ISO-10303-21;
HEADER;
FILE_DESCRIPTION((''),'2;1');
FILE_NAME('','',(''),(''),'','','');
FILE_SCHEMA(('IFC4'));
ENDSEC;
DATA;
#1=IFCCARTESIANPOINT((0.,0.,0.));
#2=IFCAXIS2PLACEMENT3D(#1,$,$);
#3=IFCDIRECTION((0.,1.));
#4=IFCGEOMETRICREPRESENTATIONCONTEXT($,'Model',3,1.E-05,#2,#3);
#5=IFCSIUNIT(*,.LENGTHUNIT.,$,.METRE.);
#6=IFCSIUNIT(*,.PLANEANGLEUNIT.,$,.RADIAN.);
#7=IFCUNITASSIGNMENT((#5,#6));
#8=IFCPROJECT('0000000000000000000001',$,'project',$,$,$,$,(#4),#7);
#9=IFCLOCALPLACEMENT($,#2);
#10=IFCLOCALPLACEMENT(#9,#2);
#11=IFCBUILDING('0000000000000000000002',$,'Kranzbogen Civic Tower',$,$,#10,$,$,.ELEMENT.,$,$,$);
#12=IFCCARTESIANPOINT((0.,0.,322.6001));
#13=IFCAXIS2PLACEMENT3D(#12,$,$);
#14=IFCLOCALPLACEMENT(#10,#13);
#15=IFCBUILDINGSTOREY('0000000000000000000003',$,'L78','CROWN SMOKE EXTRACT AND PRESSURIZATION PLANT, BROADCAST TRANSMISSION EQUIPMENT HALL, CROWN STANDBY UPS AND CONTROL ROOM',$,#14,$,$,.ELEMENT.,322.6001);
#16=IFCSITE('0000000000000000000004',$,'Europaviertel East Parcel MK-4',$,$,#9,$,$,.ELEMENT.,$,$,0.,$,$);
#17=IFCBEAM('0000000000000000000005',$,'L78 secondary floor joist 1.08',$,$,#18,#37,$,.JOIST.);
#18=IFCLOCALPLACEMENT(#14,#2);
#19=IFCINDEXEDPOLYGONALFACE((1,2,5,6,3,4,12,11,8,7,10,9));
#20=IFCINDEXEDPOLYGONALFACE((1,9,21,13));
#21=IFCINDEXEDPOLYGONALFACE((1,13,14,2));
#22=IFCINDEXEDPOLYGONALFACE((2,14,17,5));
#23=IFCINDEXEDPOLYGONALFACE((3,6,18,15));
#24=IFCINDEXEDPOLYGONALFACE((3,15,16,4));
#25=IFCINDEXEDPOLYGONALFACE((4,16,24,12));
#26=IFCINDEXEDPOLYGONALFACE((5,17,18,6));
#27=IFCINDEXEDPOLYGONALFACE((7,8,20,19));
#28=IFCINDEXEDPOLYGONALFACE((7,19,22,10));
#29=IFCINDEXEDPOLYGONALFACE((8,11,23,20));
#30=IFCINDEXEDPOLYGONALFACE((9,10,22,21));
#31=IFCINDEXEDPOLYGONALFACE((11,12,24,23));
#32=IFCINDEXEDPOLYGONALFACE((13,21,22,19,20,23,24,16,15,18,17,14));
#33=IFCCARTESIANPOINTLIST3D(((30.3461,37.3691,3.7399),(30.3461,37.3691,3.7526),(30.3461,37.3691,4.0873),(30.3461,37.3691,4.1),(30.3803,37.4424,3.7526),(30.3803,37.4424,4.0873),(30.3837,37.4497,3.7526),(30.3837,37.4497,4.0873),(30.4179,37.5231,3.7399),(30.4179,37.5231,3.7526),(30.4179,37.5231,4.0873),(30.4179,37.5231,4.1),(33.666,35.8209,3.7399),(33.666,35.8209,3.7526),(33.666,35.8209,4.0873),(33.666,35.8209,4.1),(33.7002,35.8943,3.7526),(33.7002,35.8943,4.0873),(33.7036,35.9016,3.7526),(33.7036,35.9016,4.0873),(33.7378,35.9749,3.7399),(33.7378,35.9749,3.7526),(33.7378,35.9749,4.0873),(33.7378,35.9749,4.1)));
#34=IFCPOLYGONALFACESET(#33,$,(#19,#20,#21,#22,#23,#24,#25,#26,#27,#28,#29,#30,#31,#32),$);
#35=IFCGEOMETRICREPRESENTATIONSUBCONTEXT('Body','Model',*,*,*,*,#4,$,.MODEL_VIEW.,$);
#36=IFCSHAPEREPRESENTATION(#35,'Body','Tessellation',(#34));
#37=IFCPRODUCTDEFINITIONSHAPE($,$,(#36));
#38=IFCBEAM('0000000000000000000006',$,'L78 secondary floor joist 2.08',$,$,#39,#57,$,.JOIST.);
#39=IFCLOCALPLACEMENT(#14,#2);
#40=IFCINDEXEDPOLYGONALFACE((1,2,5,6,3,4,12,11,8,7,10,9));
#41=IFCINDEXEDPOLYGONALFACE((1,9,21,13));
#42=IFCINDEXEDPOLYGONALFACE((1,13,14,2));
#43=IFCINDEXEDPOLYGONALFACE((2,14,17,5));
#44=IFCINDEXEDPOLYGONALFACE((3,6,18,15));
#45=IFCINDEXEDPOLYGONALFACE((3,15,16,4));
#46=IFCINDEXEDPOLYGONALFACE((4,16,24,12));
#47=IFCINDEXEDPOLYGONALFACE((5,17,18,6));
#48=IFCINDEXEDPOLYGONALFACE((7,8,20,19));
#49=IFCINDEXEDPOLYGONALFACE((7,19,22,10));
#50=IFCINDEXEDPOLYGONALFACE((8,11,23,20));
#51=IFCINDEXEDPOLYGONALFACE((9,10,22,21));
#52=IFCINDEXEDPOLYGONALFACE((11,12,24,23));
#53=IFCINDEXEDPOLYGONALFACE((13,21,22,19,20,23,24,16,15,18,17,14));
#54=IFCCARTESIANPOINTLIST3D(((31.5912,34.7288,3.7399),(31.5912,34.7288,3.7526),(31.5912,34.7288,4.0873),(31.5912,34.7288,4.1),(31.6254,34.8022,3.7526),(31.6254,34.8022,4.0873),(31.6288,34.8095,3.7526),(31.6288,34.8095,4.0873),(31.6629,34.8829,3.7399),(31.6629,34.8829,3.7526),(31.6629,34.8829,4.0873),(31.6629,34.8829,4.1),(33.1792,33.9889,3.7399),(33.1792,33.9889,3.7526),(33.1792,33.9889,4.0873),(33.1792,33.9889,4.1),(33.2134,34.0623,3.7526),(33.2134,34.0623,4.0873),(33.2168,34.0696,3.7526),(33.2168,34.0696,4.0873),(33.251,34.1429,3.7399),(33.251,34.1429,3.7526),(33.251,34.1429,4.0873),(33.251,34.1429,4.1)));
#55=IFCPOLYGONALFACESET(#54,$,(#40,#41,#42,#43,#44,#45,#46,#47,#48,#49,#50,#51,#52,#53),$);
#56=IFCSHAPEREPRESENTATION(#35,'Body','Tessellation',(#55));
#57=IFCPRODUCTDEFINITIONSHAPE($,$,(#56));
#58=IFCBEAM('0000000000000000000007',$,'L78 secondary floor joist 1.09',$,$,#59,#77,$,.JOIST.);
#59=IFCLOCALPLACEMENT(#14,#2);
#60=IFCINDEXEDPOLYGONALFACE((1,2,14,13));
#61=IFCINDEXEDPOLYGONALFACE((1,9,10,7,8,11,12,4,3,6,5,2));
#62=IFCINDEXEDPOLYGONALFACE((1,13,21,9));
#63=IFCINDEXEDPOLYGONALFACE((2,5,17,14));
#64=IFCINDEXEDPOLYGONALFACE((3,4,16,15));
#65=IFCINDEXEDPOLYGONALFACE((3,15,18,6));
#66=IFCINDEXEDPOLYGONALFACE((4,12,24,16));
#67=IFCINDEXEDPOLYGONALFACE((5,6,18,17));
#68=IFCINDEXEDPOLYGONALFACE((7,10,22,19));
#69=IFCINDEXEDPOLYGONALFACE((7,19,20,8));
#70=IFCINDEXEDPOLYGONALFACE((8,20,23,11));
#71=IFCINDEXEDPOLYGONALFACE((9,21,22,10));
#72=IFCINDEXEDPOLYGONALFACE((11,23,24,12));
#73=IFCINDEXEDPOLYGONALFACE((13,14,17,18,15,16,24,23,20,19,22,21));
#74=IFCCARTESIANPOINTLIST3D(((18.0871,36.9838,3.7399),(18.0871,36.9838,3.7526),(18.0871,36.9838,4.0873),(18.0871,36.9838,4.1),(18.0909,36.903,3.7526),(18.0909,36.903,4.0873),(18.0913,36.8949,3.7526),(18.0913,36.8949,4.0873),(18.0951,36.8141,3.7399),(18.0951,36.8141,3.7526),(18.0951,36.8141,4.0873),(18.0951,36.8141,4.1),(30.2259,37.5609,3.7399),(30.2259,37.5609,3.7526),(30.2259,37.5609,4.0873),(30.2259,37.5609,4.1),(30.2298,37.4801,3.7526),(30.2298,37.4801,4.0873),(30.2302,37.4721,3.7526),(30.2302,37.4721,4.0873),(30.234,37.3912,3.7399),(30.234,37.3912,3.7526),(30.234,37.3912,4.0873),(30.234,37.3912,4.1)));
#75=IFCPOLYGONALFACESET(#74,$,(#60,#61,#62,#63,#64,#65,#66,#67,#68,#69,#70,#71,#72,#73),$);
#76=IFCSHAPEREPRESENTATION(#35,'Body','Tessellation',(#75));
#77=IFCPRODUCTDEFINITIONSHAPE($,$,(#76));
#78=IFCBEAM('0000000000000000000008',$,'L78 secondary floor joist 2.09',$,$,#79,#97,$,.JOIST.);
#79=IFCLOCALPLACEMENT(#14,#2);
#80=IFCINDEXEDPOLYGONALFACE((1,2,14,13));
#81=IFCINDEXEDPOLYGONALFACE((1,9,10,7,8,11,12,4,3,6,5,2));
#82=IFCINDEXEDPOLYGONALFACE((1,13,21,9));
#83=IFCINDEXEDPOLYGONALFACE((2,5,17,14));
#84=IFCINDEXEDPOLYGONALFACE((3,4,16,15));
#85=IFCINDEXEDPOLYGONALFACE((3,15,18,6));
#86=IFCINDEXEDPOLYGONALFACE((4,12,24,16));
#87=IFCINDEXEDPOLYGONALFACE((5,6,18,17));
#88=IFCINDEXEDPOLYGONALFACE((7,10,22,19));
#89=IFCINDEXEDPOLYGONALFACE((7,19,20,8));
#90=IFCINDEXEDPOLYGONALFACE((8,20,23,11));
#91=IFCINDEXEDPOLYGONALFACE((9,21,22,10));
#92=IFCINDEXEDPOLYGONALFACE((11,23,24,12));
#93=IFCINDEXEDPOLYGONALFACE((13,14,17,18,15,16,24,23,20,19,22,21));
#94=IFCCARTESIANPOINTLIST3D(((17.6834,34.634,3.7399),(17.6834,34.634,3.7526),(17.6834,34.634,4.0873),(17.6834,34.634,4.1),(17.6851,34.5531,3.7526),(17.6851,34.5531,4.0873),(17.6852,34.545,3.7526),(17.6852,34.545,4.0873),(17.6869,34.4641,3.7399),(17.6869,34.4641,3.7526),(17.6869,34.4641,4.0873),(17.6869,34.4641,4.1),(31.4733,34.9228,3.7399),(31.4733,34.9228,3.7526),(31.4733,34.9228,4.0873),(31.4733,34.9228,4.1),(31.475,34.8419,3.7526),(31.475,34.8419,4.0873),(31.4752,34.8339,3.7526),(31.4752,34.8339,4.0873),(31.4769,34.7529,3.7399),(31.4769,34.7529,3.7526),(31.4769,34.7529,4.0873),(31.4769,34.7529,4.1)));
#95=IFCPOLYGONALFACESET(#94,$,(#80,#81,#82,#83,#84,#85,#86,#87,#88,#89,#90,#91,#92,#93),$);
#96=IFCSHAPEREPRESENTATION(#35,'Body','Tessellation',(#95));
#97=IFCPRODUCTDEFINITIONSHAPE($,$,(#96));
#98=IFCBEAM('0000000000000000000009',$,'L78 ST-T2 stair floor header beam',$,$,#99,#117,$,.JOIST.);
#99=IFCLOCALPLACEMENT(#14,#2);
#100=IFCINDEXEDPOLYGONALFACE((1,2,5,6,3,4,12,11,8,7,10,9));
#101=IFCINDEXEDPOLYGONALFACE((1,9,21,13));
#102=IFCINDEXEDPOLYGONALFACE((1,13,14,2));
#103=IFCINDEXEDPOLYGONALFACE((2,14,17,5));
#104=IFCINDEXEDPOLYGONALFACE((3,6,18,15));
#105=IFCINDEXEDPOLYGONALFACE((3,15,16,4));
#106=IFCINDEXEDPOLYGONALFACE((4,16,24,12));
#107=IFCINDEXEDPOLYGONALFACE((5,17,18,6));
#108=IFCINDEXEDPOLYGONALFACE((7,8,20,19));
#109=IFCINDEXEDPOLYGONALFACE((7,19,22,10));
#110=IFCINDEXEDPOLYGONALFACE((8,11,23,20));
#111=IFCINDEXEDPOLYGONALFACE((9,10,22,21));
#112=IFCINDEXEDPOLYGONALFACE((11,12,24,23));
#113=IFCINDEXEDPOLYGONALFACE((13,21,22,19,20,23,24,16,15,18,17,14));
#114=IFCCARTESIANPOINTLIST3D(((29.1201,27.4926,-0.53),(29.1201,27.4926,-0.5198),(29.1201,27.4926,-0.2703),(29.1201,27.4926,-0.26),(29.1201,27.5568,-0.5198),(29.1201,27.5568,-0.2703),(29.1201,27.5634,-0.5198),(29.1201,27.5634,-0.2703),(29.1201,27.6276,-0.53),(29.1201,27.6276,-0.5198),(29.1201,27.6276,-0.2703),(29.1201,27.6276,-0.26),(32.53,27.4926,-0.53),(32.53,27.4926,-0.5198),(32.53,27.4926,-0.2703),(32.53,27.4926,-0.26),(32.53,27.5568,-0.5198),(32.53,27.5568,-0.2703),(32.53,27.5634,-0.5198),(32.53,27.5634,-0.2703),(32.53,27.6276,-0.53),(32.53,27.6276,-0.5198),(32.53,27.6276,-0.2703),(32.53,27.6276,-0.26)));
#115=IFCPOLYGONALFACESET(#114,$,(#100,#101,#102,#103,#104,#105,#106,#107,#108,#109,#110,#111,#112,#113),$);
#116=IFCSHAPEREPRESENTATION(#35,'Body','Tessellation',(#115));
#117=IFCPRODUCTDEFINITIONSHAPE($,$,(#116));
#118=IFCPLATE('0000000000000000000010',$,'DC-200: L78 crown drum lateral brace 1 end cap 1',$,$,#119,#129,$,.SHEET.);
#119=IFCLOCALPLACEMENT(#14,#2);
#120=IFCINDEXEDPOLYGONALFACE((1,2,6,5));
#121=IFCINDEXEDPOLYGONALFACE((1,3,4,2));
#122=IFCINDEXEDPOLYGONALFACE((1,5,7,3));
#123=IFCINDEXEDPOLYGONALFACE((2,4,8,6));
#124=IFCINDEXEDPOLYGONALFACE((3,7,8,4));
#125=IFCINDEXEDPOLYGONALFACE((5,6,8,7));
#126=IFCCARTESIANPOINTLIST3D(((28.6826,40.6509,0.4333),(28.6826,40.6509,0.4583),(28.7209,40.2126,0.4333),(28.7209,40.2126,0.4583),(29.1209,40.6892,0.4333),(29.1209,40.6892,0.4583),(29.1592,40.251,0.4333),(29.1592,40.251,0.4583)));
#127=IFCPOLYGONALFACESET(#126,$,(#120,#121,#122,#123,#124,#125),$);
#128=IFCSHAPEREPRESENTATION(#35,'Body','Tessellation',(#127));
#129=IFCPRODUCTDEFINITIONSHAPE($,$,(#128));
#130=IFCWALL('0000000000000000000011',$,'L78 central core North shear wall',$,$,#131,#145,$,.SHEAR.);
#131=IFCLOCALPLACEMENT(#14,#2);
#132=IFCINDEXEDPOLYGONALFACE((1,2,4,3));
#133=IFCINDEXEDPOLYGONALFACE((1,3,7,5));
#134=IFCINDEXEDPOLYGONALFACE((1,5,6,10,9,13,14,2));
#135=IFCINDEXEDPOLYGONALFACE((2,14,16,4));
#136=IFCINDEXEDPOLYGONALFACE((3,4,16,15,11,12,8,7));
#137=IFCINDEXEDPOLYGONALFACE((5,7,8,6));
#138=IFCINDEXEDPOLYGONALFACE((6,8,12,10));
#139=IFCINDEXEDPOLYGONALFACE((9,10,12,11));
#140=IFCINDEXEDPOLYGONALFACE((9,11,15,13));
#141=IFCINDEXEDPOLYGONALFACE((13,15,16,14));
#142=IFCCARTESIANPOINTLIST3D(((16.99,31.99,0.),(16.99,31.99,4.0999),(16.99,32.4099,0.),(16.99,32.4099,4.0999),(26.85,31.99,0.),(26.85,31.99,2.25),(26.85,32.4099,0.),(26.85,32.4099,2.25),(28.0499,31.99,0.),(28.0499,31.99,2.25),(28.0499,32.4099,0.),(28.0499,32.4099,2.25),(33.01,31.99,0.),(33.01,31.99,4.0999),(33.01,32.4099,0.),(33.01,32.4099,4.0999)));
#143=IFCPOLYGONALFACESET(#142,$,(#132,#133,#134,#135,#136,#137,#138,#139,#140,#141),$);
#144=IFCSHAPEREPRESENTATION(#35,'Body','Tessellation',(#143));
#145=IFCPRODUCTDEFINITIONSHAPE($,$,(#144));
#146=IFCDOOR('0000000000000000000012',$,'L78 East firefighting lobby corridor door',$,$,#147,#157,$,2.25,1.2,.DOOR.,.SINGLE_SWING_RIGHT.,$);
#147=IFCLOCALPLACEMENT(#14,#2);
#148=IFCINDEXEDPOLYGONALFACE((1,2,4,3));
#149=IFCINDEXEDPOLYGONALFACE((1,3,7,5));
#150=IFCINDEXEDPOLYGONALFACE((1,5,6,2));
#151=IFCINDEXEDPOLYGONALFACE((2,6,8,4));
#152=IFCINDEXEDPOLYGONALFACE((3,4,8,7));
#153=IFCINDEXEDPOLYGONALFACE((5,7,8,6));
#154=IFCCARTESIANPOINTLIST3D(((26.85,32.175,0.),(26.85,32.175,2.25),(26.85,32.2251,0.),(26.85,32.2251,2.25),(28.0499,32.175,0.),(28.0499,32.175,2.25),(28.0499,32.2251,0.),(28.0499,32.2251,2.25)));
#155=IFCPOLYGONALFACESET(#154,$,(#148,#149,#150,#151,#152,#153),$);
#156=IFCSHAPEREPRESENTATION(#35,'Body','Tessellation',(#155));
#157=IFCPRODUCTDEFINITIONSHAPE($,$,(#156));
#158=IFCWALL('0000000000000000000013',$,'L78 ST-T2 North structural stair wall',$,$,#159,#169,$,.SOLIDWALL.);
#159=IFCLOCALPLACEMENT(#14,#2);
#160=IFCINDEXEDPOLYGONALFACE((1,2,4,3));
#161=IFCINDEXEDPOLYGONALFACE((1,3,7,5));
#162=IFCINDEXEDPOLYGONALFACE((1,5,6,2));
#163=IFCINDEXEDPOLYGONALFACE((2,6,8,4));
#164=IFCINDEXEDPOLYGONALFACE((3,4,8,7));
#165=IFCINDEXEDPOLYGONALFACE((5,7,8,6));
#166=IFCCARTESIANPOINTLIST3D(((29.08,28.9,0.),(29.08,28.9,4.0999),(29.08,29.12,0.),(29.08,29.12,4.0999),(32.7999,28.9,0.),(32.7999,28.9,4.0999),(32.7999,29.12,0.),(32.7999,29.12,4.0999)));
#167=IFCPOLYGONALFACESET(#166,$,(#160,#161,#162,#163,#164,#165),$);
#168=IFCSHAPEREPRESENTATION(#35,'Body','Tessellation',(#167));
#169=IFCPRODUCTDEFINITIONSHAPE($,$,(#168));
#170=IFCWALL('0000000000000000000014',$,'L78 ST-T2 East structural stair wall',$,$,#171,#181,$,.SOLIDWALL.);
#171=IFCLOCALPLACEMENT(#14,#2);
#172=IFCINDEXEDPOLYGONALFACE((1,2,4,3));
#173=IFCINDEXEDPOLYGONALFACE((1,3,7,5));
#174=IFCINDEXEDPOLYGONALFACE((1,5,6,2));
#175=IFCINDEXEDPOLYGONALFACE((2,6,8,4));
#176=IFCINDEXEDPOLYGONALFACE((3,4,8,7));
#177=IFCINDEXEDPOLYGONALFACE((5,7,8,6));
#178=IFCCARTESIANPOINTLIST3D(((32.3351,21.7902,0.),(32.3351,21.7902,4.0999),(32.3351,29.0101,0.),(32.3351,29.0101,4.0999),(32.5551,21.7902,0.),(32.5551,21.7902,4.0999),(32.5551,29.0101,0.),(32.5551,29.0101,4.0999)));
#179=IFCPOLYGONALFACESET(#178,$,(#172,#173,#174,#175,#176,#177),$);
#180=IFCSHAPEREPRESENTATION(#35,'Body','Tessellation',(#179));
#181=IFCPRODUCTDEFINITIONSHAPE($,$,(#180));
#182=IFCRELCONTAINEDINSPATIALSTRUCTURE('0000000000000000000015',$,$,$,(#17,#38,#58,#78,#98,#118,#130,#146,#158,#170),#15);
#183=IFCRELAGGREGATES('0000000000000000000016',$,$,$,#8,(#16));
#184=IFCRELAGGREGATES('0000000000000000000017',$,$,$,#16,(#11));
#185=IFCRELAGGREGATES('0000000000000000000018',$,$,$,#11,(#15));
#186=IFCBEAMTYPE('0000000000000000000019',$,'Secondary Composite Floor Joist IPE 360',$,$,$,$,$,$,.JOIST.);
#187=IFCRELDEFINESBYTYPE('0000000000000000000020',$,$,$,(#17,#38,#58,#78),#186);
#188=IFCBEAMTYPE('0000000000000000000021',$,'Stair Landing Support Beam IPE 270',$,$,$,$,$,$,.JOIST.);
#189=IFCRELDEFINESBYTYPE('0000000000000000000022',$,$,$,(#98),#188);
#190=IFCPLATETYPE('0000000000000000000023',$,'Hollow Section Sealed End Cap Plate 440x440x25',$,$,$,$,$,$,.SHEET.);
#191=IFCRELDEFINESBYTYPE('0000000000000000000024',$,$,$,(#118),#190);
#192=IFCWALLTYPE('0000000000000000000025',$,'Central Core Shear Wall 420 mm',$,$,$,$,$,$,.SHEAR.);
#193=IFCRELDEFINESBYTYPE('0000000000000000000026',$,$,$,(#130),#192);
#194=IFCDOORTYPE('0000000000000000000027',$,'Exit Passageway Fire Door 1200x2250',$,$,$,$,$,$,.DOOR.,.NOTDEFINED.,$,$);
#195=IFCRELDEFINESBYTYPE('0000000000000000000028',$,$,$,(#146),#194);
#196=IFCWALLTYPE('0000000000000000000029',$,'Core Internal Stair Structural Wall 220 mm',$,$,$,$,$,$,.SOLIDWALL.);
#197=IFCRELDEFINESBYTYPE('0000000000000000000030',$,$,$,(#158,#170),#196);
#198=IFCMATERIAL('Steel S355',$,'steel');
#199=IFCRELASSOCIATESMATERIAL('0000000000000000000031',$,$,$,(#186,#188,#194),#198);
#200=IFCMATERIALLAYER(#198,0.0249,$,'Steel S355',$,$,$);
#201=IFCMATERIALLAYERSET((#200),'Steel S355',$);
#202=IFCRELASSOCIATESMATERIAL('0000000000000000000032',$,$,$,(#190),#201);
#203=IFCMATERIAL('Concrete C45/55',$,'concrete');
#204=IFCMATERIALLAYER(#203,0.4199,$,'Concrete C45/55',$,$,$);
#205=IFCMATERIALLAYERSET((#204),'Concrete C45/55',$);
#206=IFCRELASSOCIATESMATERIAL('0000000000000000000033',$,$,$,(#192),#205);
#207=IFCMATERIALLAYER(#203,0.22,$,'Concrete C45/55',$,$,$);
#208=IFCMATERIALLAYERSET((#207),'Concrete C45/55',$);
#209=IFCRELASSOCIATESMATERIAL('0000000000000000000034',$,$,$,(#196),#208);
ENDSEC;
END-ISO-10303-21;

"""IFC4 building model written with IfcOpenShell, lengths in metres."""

from ifc_helpers import new_model, si_unit, direction, frame, frame_2d, origin, origin_2d, place, context, subcontext, project, spatial, rectangle, i_section, extrude, material, layer, layer_set, material_profile, profile_set, type_object, element, fill, save


model = new_model("IFC4")

# Units and contexts
model_context = context("Model", 3, precision=1e-05, world=origin(), true_north=direction((0.0, 1.0)))
body_context = subcontext(model_context, "Body", "Model", "MODEL_VIEW")
ifc_project = project(units=[si_unit("LENGTHUNIT", "METRE"), si_unit("PLANEANGLEUNIT", "RADIAN")], contexts=[model_context])

# Site, building, storey
site_placement = place(None, origin())
site = spatial("IfcSite", under=ifc_project, at=site_placement, Name="Europaviertel East Parcel MK-4", CompositionType="ELEMENT", RefElevation=0.0)
building_placement = place(site_placement, origin())
building = spatial("IfcBuilding", under=site, at=building_placement, Name="Kranzbogen Civic Tower", CompositionType="ELEMENT")
storey_placement = place(building_placement, frame((0.0, 0.0, 322.6001)))
storey = spatial("IfcBuildingStorey", under=building, at=storey_placement, Name="L78", Description="CROWN SMOKE EXTRACT AND PRESSURIZATION PLANT, BROADCAST TRANSMISSION EQUIPMENT HALL, CROWN STANDBY UPS AND CONTROL ROOM", CompositionType="ELEMENT", Elevation=322.6001)

# Shared definitions
ifc_material_1 = material(Name="Steel S355", Category="steel")

# Beams
ifc_material_profile_1 = material_profile(ifc_material_1, i_section(OverallWidth=0.1699, OverallDepth=0.3601, WebThickness=0.0081, FlangeThickness=0.0127, at=origin_2d()), Name="IPE 360")
ifc_profile_set_1 = profile_set([ifc_material_profile_1], Name="Steel S355")
beam_type_1 = type_object("IfcBeamType", Name="Secondary Composite Floor Joist IPE 360", PredefinedType="JOIST", material=ifc_profile_set_1)
beam_1_placement = place(storey_placement, frame((33.7019, 35.8979, 3.9199), z_axis=(-0.906304, 0.422626, 0.0), x_axis=(-0.422626, -0.906304, 0.0)))
element("IfcBeam", 1, at=beam_1_placement, inside=storey, type_object=beam_type_1, Name="L78 secondary floor joist 1.08", PredefinedType="JOIST", context=body_context, shape_type="SweptSolid", body=[
    extrude(i_section(OverallWidth=0.1699, OverallDepth=0.3601, WebThickness=0.0081, FlangeThickness=0.0127, at=origin_2d()), origin(), (0.0, 0.0, 1.0), 3.6631),
])
beam_2_placement = place(storey_placement, frame((33.2151, 34.0659, 3.9199), z_axis=(-0.906432, 0.422351, 0.0), x_axis=(-0.422351, -0.906432, 0.0)))
element("IfcBeam", 2, at=beam_2_placement, inside=storey, type_object=beam_type_1, Name="L78 secondary floor joist 2.08", PredefinedType="JOIST", context=body_context, shape_type="SweptSolid", body=[
    extrude(i_section(OverallWidth=0.1699, OverallDepth=0.3601, WebThickness=0.0081, FlangeThickness=0.0127, at=origin_2d()), origin(), (0.0, 0.0, 1.0), 1.752),
])
beam_3_placement = place(storey_placement, frame((30.23, 37.4761, 3.9199), z_axis=(-0.998872, -0.047492, 0.0), x_axis=(0.047492, -0.998872, 0.0)))
element("IfcBeam", 3, at=beam_3_placement, inside=storey, type_object=beam_type_1, Name="L78 secondary floor joist 1.09", PredefinedType="JOIST", context=body_context, shape_type="SweptSolid", body=[
    extrude(i_section(OverallWidth=0.1699, OverallDepth=0.3601, WebThickness=0.0081, FlangeThickness=0.0127, at=origin_2d()), origin(), (0.0, 0.0, 1.0), 12.1526),
])
beam_4_placement = place(storey_placement, frame((31.4751, 34.8379, 3.9199), z_axis=(-0.999781, -0.020939, 0.0), x_axis=(0.020939, -0.999781, 0.0)))
element("IfcBeam", 4, at=beam_4_placement, inside=storey, type_object=beam_type_1, Name="L78 secondary floor joist 2.09", PredefinedType="JOIST", context=body_context, shape_type="SweptSolid", body=[
    extrude(i_section(OverallWidth=0.1699, OverallDepth=0.3601, WebThickness=0.0081, FlangeThickness=0.0127, at=origin_2d()), origin(), (0.0, 0.0, 1.0), 13.793),
])
ifc_material_profile_2 = material_profile(ifc_material_1, i_section(OverallWidth=0.135, OverallDepth=0.27, WebThickness=0.0066, FlangeThickness=0.0103, at=origin_2d()), Name="IPE 270")
ifc_profile_set_2 = profile_set([ifc_material_profile_2], Name="Steel S355")
beam_type_2 = type_object("IfcBeamType", Name="Stair Landing Support Beam IPE 270", PredefinedType="JOIST", material=ifc_profile_set_2)
beam_5_placement = place(storey_placement, frame((29.1201, 27.5601, -0.395), z_axis=(1.0, 0.0, 0.0), x_axis=(0.0, 1.0, 0.0)))
element("IfcBeam", 5, at=beam_5_placement, inside=storey, type_object=beam_type_2, Name="L78 ST-T2 stair floor header beam", PredefinedType="JOIST", context=body_context, shape_type="SweptSolid", body=[
    extrude(i_section(OverallWidth=0.135, OverallDepth=0.27, WebThickness=0.0066, FlangeThickness=0.0103, at=origin_2d()), origin(), (0.0, 0.0, 1.0), 3.4099),
])

# Plate
ifc_layer_1 = layer(ifc_material_1, 0.0249, Name="Steel S355")
ifc_layer_set_1 = layer_set([ifc_layer_1], Name="Steel S355")
plate_type = type_object("IfcPlateType", Name="Hollow Section Sealed End Cap Plate 440x440x25", PredefinedType="SHEET", material=ifc_layer_set_1)
plate_placement = place(storey_placement, frame((28.9209, 40.4509, 0.4333), z_axis=(0.0, 0.0, 1.0), x_axis=(-0.996192, -0.087191, 0.0)))
element("IfcPlate", 6, at=plate_placement, inside=storey, type_object=plate_type, Name="DC-200: L78 crown drum lateral brace 1 end cap 1", PredefinedType="SHEET", context=body_context, shape_type="SweptSolid", body=[
    extrude(rectangle(XDim=0.4399, YDim=0.4399, at=origin_2d()), origin(), (0.0, 0.0, 1.0), 0.0249),
])

# Wall, opening, door
ifc_material_2 = material(Name="Concrete C45/55", Category="concrete")
ifc_layer_2 = layer(ifc_material_2, 0.4199, Name="Concrete C45/55")
ifc_layer_set_2 = layer_set([ifc_layer_2], Name="Concrete C45/55")
wall_type_1 = type_object("IfcWallType", Name="Central Core Shear Wall 420 mm", PredefinedType="SHEAR", material=ifc_layer_set_2)
wall_1_placement = place(storey_placement, frame((33.01, 32.2, 0.0), z_axis=(0.0, 0.0, 1.0), x_axis=(-1.0, 0.0, 0.0)))
wall_1 = element("IfcWall", 7, at=wall_1_placement, inside=storey, type_object=wall_type_1, Name="L78 central core North shear wall", PredefinedType="SHEAR", context=body_context, shape_type="SweptSolid", body=[
    extrude(rectangle(XDim=16.02, YDim=0.4199, at=frame_2d((8.01, 0.0))), origin(), (0.0, 0.0, 1.0), 4.0999),
])
opening_1_placement = place(wall_1_placement, frame((4.96, 0.0, 0.0)))
opening_1 = element("IfcOpeningElement", 8, at=opening_1_placement, cuts=wall_1, PredefinedType="OPENING", context=body_context, shape_type="SweptSolid", body=[
    extrude(rectangle(XDim=1.2, YDim=2.25, at=frame_2d((0.6001, 1.125))), frame((0.0, 0.22, 0.0), z_axis=(0.0, -1.0, 0.0), x_axis=(1.0, 0.0, 0.0)), (0.0, 0.0, 1.0), 0.4399),
])
door_type_1 = type_object("IfcDoorType", Name="Exit Passageway Fire Door 1200x2250", OperationType="NOTDEFINED", PredefinedType="DOOR", material=ifc_material_1)
door_1_placement = place(opening_1_placement, origin())
door_1 = element("IfcDoor", 9, at=door_1_placement, inside=storey, type_object=door_type_1, Name="L78 East firefighting lobby corridor door", OperationType="SINGLE_SWING_RIGHT", OverallHeight=2.25, OverallWidth=1.2, PredefinedType="DOOR", context=body_context, shape_type="SweptSolid", body=[
    extrude(rectangle(XDim=1.2, YDim=2.25, at=frame_2d((0.6001, 1.125))), frame((0.0, 0.0249, 0.0), z_axis=(0.0, -1.0, 0.0), x_axis=(1.0, 0.0, 0.0)), (0.0, 0.0, 1.0), 0.05),
])
fill(opening_1, door_1)

# Walls
ifc_layer_3 = layer(ifc_material_2, 0.22, Name="Concrete C45/55")
ifc_layer_set_3 = layer_set([ifc_layer_3], Name="Concrete C45/55")
wall_type_2 = type_object("IfcWallType", Name="Core Internal Stair Structural Wall 220 mm", PredefinedType="SOLIDWALL", material=ifc_layer_set_3)
wall_2_placement = place(storey_placement, frame((29.0801, 29.01, 0.0), z_axis=(0.0, 0.0, 1.0), x_axis=(1.0, 0.0, 0.0)))
element("IfcWall", 10, at=wall_2_placement, inside=storey, type_object=wall_type_2, Name="L78 ST-T2 North structural stair wall", PredefinedType="SOLIDWALL", context=body_context, shape_type="SweptSolid", body=[
    extrude(rectangle(XDim=3.72, YDim=0.22, at=frame_2d((1.8599, 0.0))), origin(), (0.0, 0.0, 1.0), 4.0999),
])
wall_3_placement = place(storey_placement, frame((32.4451, 29.01, 0.0), z_axis=(0.0, 0.0, 1.0), x_axis=(0.0, -1.0, 0.0)))
element("IfcWall", 11, at=wall_3_placement, inside=storey, type_object=wall_type_2, Name="L78 ST-T2 East structural stair wall", PredefinedType="SOLIDWALL", context=body_context, shape_type="SweptSolid", body=[
    extrude(rectangle(XDim=7.22, YDim=0.22, at=frame_2d((3.6099, 0.0))), origin(), (0.0, 0.0, 1.0), 4.0999),
])

save(model, "model.ifc")
